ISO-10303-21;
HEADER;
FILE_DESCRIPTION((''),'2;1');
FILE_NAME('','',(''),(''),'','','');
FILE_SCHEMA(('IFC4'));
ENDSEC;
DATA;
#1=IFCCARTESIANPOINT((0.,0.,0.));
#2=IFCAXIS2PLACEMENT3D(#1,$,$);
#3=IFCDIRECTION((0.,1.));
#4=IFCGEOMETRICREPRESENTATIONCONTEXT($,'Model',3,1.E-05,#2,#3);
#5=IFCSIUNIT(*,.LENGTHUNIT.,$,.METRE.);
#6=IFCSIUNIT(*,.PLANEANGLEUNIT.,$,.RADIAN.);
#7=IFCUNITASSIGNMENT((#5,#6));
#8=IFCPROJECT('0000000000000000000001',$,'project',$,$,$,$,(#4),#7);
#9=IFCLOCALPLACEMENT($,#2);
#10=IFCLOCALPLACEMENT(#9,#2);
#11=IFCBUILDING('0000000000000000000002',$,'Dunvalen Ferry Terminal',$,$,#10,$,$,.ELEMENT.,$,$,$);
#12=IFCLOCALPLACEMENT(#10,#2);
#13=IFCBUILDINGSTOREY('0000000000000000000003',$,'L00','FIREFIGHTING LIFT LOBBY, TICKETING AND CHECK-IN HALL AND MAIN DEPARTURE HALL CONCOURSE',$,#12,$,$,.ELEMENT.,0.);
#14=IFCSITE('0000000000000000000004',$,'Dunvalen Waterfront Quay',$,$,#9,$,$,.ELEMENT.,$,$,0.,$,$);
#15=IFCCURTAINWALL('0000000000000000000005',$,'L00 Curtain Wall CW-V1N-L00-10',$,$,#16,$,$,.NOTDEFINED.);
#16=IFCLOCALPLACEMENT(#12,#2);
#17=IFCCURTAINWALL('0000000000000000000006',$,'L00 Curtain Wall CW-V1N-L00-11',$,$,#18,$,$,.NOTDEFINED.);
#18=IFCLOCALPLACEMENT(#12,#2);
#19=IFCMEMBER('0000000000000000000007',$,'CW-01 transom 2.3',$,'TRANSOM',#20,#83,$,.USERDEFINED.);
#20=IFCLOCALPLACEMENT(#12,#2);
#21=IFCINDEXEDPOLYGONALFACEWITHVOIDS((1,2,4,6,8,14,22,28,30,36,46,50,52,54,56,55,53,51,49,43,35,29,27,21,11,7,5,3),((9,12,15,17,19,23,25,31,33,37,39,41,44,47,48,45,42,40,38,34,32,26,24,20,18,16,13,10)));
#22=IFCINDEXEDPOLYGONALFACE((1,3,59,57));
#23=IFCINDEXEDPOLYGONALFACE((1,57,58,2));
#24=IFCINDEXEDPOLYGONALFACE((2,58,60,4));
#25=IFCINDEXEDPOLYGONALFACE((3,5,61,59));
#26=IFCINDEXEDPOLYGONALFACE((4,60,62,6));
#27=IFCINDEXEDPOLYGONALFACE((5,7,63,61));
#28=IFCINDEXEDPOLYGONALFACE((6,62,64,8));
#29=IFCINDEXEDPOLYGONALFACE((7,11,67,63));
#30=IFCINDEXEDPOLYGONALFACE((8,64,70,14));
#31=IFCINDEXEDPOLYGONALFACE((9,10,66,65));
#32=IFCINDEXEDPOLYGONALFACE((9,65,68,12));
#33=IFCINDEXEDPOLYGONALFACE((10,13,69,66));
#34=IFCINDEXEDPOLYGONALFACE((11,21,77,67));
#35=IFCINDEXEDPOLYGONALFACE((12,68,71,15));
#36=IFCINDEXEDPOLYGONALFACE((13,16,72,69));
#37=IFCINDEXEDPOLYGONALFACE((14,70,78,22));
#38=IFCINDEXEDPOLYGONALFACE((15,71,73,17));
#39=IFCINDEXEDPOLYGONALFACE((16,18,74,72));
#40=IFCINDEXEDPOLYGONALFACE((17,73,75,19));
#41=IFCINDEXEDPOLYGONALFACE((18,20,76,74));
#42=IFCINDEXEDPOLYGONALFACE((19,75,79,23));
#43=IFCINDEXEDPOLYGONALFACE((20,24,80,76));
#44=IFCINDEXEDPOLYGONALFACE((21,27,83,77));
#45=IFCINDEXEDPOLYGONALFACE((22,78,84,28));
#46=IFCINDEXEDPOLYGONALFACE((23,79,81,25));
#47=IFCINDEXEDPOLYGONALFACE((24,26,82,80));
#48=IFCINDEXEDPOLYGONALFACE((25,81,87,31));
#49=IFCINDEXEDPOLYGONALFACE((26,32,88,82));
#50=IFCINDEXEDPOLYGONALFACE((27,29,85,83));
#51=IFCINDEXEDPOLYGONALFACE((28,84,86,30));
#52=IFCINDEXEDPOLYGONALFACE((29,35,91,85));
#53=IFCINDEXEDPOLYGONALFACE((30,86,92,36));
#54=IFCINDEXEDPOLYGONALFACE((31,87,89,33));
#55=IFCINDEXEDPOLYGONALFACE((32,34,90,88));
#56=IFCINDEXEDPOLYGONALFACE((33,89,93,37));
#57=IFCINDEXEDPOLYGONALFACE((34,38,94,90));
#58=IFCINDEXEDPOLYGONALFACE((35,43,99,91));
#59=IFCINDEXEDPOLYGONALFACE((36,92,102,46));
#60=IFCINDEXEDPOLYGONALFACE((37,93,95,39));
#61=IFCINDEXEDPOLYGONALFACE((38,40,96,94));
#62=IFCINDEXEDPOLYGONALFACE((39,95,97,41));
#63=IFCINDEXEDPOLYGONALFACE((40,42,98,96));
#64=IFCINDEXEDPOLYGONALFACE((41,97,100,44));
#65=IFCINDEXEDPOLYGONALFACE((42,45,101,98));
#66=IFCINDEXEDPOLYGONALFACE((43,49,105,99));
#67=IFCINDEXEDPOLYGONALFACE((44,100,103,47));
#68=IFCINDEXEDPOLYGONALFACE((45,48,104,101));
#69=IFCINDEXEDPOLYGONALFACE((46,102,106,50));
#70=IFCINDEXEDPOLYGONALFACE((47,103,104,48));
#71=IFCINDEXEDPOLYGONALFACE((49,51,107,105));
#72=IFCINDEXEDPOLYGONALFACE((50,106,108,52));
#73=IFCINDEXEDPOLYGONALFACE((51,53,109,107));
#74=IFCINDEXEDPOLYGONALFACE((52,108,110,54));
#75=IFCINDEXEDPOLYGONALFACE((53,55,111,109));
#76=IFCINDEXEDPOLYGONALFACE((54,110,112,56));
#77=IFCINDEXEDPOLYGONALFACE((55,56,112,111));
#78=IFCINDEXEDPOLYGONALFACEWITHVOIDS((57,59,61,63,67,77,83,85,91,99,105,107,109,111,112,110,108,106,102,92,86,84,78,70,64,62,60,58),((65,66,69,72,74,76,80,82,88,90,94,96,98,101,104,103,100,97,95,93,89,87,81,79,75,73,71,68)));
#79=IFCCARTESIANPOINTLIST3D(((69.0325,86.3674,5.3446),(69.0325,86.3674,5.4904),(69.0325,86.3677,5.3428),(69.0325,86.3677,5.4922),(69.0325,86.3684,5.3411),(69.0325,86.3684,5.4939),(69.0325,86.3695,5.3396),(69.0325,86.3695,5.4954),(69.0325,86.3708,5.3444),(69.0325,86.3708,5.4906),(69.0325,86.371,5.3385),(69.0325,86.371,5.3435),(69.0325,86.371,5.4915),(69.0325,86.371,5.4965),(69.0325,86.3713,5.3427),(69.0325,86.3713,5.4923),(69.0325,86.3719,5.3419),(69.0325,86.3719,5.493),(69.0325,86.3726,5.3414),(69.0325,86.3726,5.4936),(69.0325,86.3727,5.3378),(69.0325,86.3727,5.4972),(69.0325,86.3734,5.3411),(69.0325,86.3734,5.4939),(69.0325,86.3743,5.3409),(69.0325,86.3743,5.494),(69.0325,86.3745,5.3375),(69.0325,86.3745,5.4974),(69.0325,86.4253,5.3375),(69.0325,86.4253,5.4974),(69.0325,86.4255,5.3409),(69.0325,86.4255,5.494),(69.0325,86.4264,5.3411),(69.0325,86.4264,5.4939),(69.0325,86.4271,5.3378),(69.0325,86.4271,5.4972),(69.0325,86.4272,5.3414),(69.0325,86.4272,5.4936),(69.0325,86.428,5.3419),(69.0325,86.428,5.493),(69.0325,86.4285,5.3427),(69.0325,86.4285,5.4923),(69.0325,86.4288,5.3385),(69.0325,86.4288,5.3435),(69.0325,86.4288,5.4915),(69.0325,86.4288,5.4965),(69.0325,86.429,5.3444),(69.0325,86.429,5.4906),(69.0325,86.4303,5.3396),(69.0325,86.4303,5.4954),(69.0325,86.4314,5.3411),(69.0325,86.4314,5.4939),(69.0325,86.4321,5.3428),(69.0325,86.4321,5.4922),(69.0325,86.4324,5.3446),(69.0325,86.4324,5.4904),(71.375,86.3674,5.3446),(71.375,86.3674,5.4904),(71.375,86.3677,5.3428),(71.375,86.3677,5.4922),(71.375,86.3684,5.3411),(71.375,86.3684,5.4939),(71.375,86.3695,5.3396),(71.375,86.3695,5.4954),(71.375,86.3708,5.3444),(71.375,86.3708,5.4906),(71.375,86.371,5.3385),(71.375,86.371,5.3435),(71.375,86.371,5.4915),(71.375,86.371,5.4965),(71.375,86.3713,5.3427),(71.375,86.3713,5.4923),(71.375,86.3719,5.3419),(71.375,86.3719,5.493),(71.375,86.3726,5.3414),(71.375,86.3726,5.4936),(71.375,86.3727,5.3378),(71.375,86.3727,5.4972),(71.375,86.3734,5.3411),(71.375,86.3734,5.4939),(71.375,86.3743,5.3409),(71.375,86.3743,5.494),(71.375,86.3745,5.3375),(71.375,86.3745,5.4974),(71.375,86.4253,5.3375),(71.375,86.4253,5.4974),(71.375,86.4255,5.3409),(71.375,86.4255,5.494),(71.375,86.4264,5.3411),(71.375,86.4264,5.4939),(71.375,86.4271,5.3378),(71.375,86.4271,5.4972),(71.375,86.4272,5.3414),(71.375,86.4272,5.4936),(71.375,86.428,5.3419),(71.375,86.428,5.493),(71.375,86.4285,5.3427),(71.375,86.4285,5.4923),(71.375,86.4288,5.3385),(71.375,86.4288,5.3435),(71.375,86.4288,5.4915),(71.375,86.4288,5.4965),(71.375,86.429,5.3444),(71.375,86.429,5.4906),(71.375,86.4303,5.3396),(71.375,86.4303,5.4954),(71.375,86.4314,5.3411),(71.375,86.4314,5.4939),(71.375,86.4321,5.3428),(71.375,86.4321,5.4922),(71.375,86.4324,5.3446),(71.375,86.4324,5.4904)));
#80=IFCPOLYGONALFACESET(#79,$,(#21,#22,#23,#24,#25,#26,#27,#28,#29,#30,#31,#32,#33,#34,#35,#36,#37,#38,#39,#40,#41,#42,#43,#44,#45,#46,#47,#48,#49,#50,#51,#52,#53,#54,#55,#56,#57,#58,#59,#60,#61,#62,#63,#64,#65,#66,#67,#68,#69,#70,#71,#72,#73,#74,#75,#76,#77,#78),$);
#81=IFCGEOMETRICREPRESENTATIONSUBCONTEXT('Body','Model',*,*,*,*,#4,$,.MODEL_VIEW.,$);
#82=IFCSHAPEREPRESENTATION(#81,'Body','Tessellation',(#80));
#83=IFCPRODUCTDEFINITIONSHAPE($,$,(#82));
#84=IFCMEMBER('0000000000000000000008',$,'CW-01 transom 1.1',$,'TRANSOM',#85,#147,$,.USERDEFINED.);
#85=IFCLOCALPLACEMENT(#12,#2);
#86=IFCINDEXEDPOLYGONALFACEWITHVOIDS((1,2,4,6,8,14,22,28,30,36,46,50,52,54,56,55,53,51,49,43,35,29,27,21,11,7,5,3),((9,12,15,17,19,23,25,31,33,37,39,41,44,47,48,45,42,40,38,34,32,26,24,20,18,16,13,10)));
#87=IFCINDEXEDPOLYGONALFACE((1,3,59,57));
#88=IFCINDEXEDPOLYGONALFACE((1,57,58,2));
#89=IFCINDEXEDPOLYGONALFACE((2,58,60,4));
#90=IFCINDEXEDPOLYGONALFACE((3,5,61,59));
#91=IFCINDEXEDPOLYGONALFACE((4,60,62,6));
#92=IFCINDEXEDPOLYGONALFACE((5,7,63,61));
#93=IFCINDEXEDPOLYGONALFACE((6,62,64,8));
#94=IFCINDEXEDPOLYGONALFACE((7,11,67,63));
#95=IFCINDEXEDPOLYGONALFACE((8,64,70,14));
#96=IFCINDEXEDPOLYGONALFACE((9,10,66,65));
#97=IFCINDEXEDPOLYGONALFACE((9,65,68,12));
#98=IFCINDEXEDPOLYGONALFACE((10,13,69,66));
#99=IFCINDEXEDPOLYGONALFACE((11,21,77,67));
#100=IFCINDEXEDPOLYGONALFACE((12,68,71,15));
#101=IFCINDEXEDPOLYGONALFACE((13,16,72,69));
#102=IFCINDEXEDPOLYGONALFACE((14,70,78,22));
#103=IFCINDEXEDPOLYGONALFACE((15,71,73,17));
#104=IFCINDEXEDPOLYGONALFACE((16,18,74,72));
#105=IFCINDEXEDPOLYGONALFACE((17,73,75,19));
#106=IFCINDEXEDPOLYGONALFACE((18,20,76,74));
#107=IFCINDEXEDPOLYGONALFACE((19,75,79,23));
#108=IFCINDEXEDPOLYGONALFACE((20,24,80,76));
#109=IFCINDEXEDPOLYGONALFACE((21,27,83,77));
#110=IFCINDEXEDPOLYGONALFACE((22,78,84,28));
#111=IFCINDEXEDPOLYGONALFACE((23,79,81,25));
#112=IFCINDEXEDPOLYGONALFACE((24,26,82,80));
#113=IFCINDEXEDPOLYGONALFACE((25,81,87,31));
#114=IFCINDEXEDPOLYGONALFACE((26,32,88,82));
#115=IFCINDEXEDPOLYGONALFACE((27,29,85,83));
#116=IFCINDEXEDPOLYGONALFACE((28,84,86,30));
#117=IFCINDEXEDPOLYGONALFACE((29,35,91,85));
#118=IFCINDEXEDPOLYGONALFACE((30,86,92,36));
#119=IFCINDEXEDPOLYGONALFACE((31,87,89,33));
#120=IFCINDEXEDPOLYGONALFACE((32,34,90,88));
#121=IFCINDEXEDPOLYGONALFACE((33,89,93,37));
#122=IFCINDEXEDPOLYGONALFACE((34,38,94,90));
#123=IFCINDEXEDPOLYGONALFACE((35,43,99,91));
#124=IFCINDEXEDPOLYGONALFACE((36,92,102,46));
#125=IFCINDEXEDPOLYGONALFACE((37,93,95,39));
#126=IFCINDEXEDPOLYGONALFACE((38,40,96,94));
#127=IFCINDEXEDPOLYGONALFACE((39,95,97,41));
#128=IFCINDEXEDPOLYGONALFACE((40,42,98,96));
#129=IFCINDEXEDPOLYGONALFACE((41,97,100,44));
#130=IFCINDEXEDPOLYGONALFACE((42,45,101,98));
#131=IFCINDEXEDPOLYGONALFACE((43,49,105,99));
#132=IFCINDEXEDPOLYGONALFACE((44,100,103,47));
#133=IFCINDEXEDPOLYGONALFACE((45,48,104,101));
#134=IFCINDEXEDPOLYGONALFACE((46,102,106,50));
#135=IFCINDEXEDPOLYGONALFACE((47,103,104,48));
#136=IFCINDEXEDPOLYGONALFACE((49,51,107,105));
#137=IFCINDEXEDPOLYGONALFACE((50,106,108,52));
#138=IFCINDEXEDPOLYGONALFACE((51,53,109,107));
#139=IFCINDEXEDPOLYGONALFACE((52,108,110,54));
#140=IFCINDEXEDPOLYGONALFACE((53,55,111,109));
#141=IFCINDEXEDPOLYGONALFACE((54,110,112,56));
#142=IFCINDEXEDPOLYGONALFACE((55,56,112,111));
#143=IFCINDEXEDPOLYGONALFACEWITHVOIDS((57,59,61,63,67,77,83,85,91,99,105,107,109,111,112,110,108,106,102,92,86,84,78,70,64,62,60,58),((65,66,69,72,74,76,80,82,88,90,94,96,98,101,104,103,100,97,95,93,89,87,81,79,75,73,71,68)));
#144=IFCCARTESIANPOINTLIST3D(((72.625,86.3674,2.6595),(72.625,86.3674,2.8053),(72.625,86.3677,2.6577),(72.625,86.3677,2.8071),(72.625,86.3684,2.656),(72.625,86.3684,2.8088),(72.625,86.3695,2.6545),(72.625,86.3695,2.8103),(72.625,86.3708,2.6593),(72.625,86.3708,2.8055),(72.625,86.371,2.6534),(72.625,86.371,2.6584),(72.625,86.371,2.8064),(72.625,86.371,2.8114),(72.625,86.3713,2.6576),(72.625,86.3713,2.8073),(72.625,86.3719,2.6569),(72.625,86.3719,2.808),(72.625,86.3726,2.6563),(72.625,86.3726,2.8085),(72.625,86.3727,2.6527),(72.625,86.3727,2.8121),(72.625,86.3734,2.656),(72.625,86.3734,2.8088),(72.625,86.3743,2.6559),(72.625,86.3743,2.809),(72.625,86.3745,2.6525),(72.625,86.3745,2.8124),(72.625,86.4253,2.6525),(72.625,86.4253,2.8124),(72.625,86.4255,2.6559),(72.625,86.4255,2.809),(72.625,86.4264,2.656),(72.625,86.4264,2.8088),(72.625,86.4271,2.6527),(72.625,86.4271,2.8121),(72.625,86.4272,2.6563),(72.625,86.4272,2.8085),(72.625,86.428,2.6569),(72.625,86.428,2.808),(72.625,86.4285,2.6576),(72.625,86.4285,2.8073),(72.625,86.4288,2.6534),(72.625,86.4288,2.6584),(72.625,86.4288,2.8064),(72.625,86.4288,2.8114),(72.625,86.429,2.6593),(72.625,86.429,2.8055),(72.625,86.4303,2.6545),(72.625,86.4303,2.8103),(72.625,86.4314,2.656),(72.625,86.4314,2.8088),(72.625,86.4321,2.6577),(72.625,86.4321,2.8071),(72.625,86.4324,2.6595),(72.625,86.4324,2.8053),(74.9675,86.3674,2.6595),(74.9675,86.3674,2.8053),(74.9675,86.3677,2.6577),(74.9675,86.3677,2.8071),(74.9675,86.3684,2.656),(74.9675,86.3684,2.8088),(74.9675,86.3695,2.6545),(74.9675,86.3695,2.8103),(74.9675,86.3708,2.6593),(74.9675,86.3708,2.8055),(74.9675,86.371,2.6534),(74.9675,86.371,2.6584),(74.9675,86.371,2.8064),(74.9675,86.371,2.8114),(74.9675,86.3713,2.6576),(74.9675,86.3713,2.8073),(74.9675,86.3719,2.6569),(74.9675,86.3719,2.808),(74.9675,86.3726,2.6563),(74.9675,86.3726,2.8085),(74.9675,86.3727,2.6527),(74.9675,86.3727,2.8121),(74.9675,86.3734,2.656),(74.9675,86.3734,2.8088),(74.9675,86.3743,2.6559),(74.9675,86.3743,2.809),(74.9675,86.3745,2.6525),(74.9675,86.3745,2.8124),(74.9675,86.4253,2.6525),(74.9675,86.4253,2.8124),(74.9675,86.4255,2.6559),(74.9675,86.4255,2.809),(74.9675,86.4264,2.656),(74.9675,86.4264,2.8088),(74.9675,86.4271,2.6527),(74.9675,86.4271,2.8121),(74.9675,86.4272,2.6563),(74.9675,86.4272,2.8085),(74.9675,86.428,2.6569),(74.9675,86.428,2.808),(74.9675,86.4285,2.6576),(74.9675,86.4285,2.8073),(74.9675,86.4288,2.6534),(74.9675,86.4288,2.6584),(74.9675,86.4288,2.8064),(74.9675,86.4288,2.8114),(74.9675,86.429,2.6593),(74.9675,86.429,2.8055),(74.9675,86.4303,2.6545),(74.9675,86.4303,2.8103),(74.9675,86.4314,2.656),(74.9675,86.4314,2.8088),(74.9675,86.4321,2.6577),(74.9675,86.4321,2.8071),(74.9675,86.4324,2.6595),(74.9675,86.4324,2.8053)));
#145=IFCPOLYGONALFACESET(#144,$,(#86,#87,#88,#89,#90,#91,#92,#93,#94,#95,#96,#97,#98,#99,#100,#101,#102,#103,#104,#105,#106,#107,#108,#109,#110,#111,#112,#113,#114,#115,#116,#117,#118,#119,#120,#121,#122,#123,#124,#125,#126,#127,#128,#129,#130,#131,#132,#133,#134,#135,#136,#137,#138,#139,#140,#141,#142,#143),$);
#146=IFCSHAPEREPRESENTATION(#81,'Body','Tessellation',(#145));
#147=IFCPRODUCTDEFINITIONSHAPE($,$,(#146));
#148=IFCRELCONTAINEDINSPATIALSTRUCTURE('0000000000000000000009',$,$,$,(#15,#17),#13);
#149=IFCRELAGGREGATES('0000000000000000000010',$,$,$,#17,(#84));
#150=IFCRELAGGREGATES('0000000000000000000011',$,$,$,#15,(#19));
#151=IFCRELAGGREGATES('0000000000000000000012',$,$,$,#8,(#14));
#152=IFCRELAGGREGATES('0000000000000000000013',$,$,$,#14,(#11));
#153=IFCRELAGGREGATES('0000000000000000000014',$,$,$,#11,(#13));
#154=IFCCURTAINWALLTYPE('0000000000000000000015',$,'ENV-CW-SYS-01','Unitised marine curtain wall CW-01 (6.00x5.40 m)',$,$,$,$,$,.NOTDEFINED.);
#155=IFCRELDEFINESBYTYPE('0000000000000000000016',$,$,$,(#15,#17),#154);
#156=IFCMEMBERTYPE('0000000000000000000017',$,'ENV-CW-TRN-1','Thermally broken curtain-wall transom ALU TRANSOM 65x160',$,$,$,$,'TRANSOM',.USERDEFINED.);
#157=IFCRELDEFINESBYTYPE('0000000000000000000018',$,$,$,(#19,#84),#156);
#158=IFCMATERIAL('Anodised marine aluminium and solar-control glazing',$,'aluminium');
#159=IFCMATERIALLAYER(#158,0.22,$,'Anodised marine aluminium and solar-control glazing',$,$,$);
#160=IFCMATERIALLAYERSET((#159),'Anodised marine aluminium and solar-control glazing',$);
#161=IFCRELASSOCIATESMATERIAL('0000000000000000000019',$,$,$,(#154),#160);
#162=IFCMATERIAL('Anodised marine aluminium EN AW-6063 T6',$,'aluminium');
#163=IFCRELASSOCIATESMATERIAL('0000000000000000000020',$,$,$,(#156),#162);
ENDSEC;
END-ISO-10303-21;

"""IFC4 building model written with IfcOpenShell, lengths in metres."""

from ifc_helpers import new_model, si_unit, direction, frame, origin, origin_2d, place, context, subcontext, project, spatial, hollow_rectangle, extrude, material, layer, layer_set, material_profile, profile_set, type_object, element, aggregate, save


model = new_model("IFC4")

# Units and contexts
model_context = context("Model", 3, precision=1e-05, world=origin(), true_north=direction((0.0, 1.0)))
body_context = subcontext(model_context, "Body", "Model", "MODEL_VIEW")
ifc_project = project(units=[si_unit("LENGTHUNIT", "METRE"), si_unit("PLANEANGLEUNIT", "RADIAN")], contexts=[model_context])

# Site, building, storey
site_placement = place(None, origin())
site = spatial("IfcSite", under=ifc_project, at=site_placement, Name="Dunvalen Waterfront Quay", CompositionType="ELEMENT", RefElevation=0.0)
building_placement = place(site_placement, origin())
building = spatial("IfcBuilding", under=site, at=building_placement, Name="Dunvalen Ferry Terminal", CompositionType="ELEMENT")
storey_placement = place(building_placement, origin())
storey = spatial("IfcBuildingStorey", under=building, at=storey_placement, Name="L00", Description="FIREFIGHTING LIFT LOBBY, TICKETING AND CHECK-IN HALL AND MAIN DEPARTURE HALL CONCOURSE", CompositionType="ELEMENT", Elevation=0.0)

# Curtain wall
ifc_material_1 = material(Name="Anodised marine aluminium and solar-control glazing", Category="aluminium")
ifc_layer_1 = layer(ifc_material_1, 0.22, Name="Anodised marine aluminium and solar-control glazing")
ifc_layer_set_1 = layer_set([ifc_layer_1], Name="Anodised marine aluminium and solar-control glazing")
curtain_wall_type = type_object("IfcCurtainWallType", Name="ENV-CW-SYS-01", Description="Unitised marine curtain wall CW-01 (6.00x5.40 m)", PredefinedType="NOTDEFINED", material=ifc_layer_set_1)
curtain_wall_1_placement = place(storey_placement, origin())
curtain_wall_1 = element("IfcCurtainWall", 1, at=curtain_wall_1_placement, inside=storey, type_object=curtain_wall_type, Name="L00 Curtain Wall CW-V1N-L00-10", PredefinedType="NOTDEFINED")
ifc_material_2 = material(Name="Anodised marine aluminium EN AW-6063 T6", Category="aluminium")

# Curtain wall
curtain_wall_2_placement = place(storey_placement, origin())
curtain_wall_2 = element("IfcCurtainWall", 2, at=curtain_wall_2_placement, inside=storey, type_object=curtain_wall_type, Name="L00 Curtain Wall CW-V1N-L00-11", PredefinedType="NOTDEFINED")

# Members
ifc_material_profile_1 = material_profile(ifc_material_2, hollow_rectangle(XDim=0.0649, YDim=0.1599, WallThickness=0.0034, InnerFilletRadius=0.0034, OuterFilletRadius=0.0071, at=origin_2d()), Name="Anodised marine aluminium EN AW-6063 T6")
ifc_profile_set_1 = profile_set([ifc_material_profile_1], Name="Anodised marine aluminium EN AW-6063 T6")
member_type_1 = type_object("IfcMemberType", Name="ENV-CW-TRN-1", Description="Thermally broken curtain-wall transom ALU TRANSOM 65x160", ElementType="TRANSOM", PredefinedType="USERDEFINED", material=ifc_profile_set_1)
member_1_placement = place(storey_placement, frame((69.0325, 86.3999, 5.4175), z_axis=(1.0, 0.0, 0.0), x_axis=(0.0, 1.0, 0.0)))
member_1 = element("IfcMember", 3, at=member_1_placement, type_object=member_type_1, Name="CW-01 transom 2.3", ObjectType="TRANSOM", PredefinedType="USERDEFINED", context=body_context, shape_type="SweptSolid", body=[
    extrude(hollow_rectangle(XDim=0.0649, YDim=0.1599, WallThickness=0.0034, InnerFilletRadius=0.0034, OuterFilletRadius=0.0071, at=origin_2d()), origin(), (0.0, 0.0, 1.0), 2.3425),
])
member_2_placement = place(storey_placement, frame((72.625, 86.3999, 2.7324), z_axis=(1.0, 0.0, 0.0), x_axis=(0.0, 1.0, 0.0)))
member_2 = element("IfcMember", 4, at=member_2_placement, type_object=member_type_1, Name="CW-01 transom 1.1", ObjectType="TRANSOM", PredefinedType="USERDEFINED", context=body_context, shape_type="SweptSolid", body=[
    extrude(hollow_rectangle(XDim=0.0649, YDim=0.1599, WallThickness=0.0034, InnerFilletRadius=0.0034, OuterFilletRadius=0.0071, at=origin_2d()), origin(), (0.0, 0.0, 1.0), 2.3425),
])
aggregate(curtain_wall_2, [member_2])

aggregate(curtain_wall_1, [member_1])

save(model, "model.ifc")
